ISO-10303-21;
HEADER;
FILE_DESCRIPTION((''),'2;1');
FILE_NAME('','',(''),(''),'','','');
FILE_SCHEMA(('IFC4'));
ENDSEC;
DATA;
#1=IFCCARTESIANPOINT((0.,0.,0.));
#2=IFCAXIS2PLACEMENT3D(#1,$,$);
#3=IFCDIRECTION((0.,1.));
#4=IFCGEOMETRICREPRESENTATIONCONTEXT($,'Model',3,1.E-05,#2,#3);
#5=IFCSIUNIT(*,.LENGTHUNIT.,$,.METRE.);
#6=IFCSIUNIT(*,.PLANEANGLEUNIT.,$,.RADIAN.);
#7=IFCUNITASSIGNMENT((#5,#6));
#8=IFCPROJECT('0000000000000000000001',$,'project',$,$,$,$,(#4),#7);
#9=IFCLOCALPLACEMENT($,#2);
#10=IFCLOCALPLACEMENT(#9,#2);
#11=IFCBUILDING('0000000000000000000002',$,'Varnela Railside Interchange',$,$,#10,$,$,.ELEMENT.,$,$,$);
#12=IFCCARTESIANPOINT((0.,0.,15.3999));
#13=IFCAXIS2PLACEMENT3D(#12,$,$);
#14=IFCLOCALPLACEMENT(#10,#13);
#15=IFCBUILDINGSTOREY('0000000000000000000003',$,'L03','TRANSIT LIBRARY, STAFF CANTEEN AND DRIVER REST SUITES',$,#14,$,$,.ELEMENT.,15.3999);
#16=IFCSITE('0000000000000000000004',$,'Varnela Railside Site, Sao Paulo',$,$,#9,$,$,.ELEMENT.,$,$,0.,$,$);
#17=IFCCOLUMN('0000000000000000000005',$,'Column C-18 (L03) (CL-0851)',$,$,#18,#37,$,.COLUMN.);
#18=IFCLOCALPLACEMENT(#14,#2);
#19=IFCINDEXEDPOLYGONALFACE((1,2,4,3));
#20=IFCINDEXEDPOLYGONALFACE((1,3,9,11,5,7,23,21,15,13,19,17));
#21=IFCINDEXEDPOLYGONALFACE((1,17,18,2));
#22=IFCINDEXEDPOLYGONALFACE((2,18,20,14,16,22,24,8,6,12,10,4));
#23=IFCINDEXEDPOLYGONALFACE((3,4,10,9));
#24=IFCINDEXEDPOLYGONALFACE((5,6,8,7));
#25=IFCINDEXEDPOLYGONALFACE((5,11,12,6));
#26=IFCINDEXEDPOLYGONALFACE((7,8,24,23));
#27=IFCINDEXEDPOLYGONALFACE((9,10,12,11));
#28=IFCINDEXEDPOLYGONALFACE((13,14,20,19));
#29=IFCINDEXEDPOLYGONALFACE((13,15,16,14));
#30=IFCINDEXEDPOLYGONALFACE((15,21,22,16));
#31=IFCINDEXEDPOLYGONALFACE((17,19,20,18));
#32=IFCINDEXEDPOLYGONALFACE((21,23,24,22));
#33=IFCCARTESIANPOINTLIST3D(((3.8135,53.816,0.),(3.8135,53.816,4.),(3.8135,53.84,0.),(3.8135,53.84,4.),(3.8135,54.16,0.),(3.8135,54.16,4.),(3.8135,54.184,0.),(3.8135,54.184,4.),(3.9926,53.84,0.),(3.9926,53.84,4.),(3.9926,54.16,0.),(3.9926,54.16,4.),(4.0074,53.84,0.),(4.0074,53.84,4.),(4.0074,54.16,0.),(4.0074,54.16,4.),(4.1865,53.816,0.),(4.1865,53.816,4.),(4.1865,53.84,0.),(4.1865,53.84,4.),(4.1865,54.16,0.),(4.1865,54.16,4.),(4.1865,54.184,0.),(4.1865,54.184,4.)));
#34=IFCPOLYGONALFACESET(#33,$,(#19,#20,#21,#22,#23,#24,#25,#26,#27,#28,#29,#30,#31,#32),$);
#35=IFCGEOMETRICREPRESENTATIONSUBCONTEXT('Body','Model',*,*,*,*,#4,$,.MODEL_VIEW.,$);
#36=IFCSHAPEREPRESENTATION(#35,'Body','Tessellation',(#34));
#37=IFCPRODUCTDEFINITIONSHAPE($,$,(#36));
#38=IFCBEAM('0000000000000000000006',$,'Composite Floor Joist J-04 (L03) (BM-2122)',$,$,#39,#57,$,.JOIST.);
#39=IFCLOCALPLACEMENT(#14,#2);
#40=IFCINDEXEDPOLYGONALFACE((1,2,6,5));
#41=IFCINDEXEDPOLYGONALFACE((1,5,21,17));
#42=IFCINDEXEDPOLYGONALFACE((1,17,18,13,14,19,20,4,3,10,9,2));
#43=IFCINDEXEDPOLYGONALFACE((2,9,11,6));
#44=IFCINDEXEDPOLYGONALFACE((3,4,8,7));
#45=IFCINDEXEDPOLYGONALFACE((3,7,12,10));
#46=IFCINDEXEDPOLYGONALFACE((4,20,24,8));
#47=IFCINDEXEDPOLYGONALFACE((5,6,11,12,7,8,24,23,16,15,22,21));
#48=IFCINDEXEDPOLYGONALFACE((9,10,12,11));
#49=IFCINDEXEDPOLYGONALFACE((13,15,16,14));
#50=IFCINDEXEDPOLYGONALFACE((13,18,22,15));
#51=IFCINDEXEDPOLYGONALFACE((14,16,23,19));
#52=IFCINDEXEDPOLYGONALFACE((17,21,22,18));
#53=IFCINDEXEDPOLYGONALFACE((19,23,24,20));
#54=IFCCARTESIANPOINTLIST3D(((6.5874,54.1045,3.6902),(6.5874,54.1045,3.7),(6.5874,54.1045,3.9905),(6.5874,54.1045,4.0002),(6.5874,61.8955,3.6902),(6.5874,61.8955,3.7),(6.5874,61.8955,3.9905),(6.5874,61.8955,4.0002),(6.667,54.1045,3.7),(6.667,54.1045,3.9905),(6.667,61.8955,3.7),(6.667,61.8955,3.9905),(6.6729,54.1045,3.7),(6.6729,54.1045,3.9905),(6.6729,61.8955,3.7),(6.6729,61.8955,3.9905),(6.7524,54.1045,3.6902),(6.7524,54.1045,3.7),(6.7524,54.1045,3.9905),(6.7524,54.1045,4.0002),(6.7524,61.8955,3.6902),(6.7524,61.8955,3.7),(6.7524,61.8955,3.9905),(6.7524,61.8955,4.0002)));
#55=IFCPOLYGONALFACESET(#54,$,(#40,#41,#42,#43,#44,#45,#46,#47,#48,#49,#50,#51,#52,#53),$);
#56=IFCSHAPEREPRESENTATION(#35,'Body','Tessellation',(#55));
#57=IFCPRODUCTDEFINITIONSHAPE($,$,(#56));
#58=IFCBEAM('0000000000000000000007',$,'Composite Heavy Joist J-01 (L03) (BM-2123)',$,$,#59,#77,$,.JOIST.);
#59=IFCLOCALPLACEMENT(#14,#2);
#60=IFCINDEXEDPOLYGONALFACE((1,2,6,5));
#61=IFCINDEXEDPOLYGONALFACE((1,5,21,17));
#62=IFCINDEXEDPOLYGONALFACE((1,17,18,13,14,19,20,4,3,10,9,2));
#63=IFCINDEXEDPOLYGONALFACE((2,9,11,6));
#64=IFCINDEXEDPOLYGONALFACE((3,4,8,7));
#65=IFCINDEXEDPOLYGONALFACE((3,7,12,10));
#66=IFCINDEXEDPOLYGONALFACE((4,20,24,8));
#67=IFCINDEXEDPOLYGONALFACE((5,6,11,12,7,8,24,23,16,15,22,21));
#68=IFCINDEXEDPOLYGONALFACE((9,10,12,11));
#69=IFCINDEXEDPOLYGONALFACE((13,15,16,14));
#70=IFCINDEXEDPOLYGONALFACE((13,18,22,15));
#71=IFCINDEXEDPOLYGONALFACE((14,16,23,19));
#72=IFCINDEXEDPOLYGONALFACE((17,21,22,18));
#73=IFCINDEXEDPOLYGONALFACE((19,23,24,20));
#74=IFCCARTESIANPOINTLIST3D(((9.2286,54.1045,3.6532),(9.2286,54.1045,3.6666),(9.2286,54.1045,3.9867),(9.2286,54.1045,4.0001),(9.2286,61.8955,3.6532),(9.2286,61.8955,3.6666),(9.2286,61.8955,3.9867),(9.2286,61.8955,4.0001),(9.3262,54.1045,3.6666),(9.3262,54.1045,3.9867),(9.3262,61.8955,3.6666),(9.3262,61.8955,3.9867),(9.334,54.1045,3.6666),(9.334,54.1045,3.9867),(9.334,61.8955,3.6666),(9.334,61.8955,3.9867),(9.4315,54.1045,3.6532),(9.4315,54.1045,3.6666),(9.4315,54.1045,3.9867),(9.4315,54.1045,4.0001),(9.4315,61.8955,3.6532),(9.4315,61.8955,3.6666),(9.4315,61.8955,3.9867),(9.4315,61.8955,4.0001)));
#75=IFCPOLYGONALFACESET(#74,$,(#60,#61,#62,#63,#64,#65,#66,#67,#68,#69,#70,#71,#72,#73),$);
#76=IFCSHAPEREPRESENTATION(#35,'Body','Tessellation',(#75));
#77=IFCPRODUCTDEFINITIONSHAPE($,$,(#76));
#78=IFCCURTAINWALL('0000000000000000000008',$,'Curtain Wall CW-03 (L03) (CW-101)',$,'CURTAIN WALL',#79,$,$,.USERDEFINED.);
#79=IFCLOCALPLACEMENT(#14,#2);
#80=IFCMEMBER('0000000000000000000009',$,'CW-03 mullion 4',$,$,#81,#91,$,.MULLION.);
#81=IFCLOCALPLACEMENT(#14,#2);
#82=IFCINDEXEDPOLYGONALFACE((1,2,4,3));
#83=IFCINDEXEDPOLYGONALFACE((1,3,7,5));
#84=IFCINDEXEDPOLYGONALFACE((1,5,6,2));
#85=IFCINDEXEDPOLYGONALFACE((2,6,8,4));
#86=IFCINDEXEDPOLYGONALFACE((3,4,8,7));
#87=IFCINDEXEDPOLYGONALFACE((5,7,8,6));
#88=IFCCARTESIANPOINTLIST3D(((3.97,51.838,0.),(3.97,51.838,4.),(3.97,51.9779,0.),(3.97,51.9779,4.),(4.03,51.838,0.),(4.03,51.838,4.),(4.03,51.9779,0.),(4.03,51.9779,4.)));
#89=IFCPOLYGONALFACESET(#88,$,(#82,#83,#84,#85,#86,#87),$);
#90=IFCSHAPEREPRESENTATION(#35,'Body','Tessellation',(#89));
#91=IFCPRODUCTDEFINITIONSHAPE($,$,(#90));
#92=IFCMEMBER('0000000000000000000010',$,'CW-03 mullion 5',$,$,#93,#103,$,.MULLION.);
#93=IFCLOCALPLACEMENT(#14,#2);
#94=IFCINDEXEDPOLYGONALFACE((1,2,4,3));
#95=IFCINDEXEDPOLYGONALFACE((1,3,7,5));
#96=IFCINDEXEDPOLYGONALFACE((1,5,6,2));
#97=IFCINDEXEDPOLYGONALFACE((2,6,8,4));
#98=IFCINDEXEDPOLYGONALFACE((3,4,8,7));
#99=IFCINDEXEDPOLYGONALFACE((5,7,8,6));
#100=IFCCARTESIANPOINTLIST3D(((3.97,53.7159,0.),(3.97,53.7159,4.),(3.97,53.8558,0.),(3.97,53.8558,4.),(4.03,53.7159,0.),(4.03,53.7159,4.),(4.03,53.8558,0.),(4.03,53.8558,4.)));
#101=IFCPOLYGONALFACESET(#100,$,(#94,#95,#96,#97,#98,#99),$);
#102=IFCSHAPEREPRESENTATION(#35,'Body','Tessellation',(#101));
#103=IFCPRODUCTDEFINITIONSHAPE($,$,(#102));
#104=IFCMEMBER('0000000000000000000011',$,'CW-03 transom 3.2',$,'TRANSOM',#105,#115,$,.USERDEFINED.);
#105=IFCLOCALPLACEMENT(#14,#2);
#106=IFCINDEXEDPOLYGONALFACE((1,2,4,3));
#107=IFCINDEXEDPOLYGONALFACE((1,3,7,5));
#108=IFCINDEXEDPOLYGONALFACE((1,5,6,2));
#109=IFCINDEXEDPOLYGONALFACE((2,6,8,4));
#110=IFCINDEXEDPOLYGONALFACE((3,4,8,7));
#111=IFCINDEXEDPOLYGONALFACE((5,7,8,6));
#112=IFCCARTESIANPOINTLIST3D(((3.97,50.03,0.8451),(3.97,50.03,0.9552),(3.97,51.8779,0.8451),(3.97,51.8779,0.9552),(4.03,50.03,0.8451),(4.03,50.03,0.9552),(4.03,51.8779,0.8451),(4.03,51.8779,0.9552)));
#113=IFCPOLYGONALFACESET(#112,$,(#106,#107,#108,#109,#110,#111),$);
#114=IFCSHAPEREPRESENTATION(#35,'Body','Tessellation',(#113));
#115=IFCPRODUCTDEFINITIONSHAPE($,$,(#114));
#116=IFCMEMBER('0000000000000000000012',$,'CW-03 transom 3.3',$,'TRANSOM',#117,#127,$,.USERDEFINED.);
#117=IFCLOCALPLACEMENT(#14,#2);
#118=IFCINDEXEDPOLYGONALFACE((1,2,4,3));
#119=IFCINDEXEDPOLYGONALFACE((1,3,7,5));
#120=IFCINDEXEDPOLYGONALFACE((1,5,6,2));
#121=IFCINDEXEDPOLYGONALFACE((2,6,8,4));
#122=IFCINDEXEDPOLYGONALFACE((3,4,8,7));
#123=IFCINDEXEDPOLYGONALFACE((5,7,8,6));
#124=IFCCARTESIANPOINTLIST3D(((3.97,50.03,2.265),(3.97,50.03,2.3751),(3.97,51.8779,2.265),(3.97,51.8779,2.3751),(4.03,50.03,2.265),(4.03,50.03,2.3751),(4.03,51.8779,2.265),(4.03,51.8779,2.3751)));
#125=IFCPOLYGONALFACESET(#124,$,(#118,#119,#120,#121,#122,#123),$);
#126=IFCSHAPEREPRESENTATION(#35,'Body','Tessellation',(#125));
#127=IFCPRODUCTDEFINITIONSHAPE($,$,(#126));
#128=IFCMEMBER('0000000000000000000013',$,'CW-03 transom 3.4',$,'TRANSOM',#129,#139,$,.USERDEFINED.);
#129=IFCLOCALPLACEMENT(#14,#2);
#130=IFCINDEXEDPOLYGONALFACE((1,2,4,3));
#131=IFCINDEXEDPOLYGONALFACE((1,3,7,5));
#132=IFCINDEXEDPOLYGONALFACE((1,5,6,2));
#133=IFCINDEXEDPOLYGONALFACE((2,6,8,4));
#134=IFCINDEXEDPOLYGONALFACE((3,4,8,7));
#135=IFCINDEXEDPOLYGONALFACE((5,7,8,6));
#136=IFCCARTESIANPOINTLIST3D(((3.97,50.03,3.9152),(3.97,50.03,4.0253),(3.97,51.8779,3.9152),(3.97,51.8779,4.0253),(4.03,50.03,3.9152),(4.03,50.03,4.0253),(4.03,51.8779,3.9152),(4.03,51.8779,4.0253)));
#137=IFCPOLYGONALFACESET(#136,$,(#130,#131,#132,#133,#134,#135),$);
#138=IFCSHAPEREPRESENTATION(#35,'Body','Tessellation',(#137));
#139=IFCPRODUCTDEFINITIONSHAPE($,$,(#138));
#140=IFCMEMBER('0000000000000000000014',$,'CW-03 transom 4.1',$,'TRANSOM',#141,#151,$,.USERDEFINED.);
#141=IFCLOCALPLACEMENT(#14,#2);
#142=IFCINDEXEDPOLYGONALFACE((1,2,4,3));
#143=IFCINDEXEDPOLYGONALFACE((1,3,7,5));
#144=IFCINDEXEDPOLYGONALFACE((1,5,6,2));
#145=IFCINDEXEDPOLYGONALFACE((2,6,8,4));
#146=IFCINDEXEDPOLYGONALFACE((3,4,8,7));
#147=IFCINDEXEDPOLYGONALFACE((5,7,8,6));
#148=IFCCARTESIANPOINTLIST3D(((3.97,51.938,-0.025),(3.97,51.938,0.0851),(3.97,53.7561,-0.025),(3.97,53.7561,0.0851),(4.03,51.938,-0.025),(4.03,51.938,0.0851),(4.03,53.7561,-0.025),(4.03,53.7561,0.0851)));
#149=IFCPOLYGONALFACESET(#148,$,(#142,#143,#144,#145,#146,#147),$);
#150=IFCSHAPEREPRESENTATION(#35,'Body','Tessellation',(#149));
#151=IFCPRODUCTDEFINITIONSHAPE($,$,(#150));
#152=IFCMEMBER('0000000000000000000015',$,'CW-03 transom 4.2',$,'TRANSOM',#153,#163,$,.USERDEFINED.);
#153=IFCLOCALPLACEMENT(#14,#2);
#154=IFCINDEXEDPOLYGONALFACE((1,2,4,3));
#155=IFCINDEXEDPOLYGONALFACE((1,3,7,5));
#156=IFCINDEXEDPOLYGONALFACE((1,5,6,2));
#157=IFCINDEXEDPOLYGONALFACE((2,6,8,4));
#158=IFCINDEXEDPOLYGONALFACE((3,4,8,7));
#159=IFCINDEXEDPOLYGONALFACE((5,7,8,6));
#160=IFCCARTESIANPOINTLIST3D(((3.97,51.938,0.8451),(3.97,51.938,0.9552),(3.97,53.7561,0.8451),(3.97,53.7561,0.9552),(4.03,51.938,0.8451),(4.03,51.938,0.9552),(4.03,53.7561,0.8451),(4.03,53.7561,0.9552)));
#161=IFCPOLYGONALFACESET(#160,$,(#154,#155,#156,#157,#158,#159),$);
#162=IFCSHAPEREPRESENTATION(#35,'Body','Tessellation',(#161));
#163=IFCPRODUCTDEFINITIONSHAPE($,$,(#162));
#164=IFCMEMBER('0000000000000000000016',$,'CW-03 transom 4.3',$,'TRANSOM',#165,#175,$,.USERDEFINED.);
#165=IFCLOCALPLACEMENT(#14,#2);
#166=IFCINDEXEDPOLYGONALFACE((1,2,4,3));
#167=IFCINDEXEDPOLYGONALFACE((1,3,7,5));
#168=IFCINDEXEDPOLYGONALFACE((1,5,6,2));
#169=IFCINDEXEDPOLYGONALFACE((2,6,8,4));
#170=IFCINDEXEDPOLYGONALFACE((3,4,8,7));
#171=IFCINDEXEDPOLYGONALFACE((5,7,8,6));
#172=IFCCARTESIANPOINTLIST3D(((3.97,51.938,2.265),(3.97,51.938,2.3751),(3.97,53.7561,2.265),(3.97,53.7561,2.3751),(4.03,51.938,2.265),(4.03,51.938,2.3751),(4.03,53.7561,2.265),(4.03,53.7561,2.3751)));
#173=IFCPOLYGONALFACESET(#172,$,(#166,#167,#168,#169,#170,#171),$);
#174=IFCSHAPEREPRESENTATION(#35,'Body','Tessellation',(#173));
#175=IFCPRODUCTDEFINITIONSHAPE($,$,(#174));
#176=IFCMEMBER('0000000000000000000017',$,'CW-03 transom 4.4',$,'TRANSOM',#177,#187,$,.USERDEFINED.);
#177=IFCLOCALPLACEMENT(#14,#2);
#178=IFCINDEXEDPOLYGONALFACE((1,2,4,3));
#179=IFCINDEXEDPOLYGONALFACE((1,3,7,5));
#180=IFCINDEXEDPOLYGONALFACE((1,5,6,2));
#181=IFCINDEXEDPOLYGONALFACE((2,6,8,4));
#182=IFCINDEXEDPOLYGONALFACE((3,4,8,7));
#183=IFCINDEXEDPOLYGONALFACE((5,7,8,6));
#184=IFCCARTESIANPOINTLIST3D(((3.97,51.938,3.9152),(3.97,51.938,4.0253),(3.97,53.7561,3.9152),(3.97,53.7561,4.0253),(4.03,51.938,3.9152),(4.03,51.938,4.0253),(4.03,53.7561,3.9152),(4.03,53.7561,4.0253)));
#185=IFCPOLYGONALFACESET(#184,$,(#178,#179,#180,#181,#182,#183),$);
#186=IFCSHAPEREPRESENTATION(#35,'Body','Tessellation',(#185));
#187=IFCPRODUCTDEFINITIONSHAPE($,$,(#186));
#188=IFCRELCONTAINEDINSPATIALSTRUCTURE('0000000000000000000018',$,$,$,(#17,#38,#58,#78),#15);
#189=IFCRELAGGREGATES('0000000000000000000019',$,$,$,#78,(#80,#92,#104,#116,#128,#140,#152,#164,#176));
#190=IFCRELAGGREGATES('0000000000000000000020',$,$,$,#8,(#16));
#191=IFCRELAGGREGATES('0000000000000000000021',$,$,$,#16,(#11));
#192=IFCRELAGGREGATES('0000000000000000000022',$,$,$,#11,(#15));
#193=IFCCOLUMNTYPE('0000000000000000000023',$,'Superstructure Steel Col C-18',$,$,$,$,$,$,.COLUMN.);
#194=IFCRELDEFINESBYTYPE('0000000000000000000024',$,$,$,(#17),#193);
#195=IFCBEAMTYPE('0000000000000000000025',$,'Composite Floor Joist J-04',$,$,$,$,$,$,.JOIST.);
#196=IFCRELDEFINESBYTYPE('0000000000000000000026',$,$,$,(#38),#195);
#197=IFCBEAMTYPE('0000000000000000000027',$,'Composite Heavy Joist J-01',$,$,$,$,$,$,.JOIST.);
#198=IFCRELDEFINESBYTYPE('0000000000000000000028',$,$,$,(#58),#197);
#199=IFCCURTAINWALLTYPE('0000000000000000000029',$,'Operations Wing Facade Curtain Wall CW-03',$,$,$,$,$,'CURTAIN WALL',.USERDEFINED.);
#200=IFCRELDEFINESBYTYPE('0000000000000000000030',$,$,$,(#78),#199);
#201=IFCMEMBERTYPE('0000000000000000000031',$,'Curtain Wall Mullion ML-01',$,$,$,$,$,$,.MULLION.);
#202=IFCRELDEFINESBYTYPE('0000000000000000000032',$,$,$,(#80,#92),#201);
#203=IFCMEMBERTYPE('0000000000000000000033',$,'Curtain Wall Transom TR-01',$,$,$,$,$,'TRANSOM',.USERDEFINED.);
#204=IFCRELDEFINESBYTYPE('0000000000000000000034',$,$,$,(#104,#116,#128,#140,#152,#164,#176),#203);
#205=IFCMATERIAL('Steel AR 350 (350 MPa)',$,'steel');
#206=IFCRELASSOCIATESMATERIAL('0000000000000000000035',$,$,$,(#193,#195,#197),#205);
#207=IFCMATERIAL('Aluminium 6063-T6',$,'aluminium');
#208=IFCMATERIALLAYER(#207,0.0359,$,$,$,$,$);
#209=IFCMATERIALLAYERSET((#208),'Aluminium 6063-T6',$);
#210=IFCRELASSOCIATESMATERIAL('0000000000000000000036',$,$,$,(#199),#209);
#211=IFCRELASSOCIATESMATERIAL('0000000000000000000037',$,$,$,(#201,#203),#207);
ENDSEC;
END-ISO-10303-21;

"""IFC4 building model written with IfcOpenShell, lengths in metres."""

from ifc_helpers import new_model, si_unit, direction, frame, origin, origin_2d, place, context, subcontext, project, spatial, rectangle, i_section, extrude, material, layer, layer_set, material_profile, profile_set, type_object, element, aggregate, save


model = new_model("IFC4")

# Units and contexts
model_context = context("Model", 3, precision=1e-05, world=origin(), true_north=direction((0.0, 1.0)))
body_context = subcontext(model_context, "Body", "Model", "MODEL_VIEW")
ifc_project = project(units=[si_unit("LENGTHUNIT", "METRE"), si_unit("PLANEANGLEUNIT", "RADIAN")], contexts=[model_context])

# Site, building, storey
site_placement = place(None, origin())
site = spatial("IfcSite", under=ifc_project, at=site_placement, Name="Varnela Railside Site, Sao Paulo", CompositionType="ELEMENT", RefElevation=0.0)
building_placement = place(site_placement, origin())
building = spatial("IfcBuilding", under=site, at=building_placement, Name="Varnela Railside Interchange", CompositionType="ELEMENT")
storey_placement = place(building_placement, frame((0.0, 0.0, 15.3999)))
storey = spatial("IfcBuildingStorey", under=building, at=storey_placement, Name="L03", Description="TRANSIT LIBRARY, STAFF CANTEEN AND DRIVER REST SUITES", CompositionType="ELEMENT", Elevation=15.3999)

# Column
ifc_material_1 = material(Name="Steel AR 350 (350 MPa)", Category="steel")
ifc_material_profile_1 = material_profile(ifc_material_1, i_section(OverallWidth=0.373, OverallDepth=0.3679, WebThickness=0.0149, FlangeThickness=0.0239, at=origin_2d()), Name="W360x179")
ifc_profile_set_1 = profile_set([ifc_material_profile_1], Name="Steel AR 350 (350 MPa)")
column_type = type_object("IfcColumnType", Name="Superstructure Steel Col C-18", PredefinedType="COLUMN", material=ifc_profile_set_1)
column_placement = place(storey_placement, frame((4.0, 54.0, 0.0), z_axis=(0.0, 0.0, 1.0), x_axis=(1.0, 0.0, 0.0)))
element("IfcColumn", 1, at=column_placement, inside=storey, type_object=column_type, Name="Column C-18 (L03) (CL-0851)", PredefinedType="COLUMN", context=body_context, shape_type="SweptSolid", body=[
    extrude(i_section(OverallWidth=0.373, OverallDepth=0.3679, WebThickness=0.0149, FlangeThickness=0.0239, at=origin_2d()), origin(), (0.0, 0.0, 1.0), 4.0),
])

# Beams
ifc_material_profile_2 = material_profile(ifc_material_1, i_section(OverallWidth=0.165, OverallDepth=0.3101, WebThickness=0.0059, FlangeThickness=0.0098, at=origin_2d()), Name="W310x38.7")
ifc_profile_set_2 = profile_set([ifc_material_profile_2], Name="Steel AR 350 (350 MPa)")
beam_type_1 = type_object("IfcBeamType", Name="Composite Floor Joist J-04", PredefinedType="JOIST", material=ifc_profile_set_2)
beam_1_placement = place(storey_placement, frame((6.6699, 54.1045, 3.8452), z_axis=(0.0, 1.0, 0.0), x_axis=(-1.0, 0.0, 0.0)))
element("IfcBeam", 2, at=beam_1_placement, inside=storey, type_object=beam_type_1, Name="Composite Floor Joist J-04 (L03) (BM-2122)", PredefinedType="JOIST", context=body_context, shape_type="SweptSolid", body=[
    extrude(i_section(OverallWidth=0.165, OverallDepth=0.3101, WebThickness=0.0059, FlangeThickness=0.0098, at=origin_2d()), origin(), (0.0, 0.0, 1.0), 7.791),
])
ifc_material_profile_3 = material_profile(ifc_material_1, i_section(OverallWidth=0.2029, OverallDepth=0.3469, WebThickness=0.0078, FlangeThickness=0.0134, at=origin_2d()), Name="W360x64")
ifc_profile_set_3 = profile_set([ifc_material_profile_3], Name="Steel AR 350 (350 MPa)")
beam_type_2 = type_object("IfcBeamType", Name="Composite Heavy Joist J-01", PredefinedType="JOIST", material=ifc_profile_set_3)
beam_2_placement = place(storey_placement, frame((9.3301, 54.1045, 3.8267), z_axis=(0.0, 1.0, 0.0), x_axis=(-1.0, 0.0, 0.0)))
element("IfcBeam", 3, at=beam_2_placement, inside=storey, type_object=beam_type_2, Name="Composite Heavy Joist J-01 (L03) (BM-2123)", PredefinedType="JOIST", context=body_context, shape_type="SweptSolid", body=[
    extrude(i_section(OverallWidth=0.2029, OverallDepth=0.3469, WebThickness=0.0078, FlangeThickness=0.0134, at=origin_2d()), origin(), (0.0, 0.0, 1.0), 7.791),
])

# Curtain wall, members
ifc_material_2 = material(Name="Aluminium 6063-T6", Category="aluminium")
ifc_layer_1 = layer(ifc_material_2, 0.0359)
ifc_layer_set_1 = layer_set([ifc_layer_1], Name="Aluminium 6063-T6")
curtain_wall_type = type_object("IfcCurtainWallType", Name="Operations Wing Facade Curtain Wall CW-03", ElementType="CURTAIN WALL", PredefinedType="USERDEFINED", material=ifc_layer_set_1)
curtain_wall_placement = place(storey_placement, origin())
curtain_wall = element("IfcCurtainWall", 4, at=curtain_wall_placement, inside=storey, type_object=curtain_wall_type, Name="Curtain Wall CW-03 (L03) (CW-101)", ObjectType="CURTAIN WALL", PredefinedType="USERDEFINED")
ifc_material_profile_4 = material_profile(ifc_material_2, rectangle(XDim=0.0601, YDim=0.1399, at=origin_2d()), Name="ALU 60x140")
ifc_profile_set_4 = profile_set([ifc_material_profile_4], Name="Aluminium 6063-T6")
member_type_1 = type_object("IfcMemberType", Name="Curtain Wall Mullion ML-01", PredefinedType="MULLION", material=ifc_profile_set_4)
member_1_placement = place(storey_placement, frame((4.0, 51.908, 0.0), z_axis=(0.0, 0.0, 1.0), x_axis=(-1.0, 0.0, 0.0)))
member_1 = element("IfcMember", 5, at=member_1_placement, type_object=member_type_1, Name="CW-03 mullion 4", PredefinedType="MULLION", context=body_context, shape_type="SweptSolid", body=[
    extrude(rectangle(XDim=0.0601, YDim=0.1399, at=origin_2d()), origin(), (0.0, 0.0, 1.0), 4.0),
])
member_2_placement = place(storey_placement, frame((4.0, 53.7859, 0.0), z_axis=(0.0, 0.0, 1.0), x_axis=(-1.0, 0.0, 0.0)))
member_2 = element("IfcMember", 6, at=member_2_placement, type_object=member_type_1, Name="CW-03 mullion 5", PredefinedType="MULLION", context=body_context, shape_type="SweptSolid", body=[
    extrude(rectangle(XDim=0.0601, YDim=0.1399, at=origin_2d()), origin(), (0.0, 0.0, 1.0), 4.0),
])
ifc_material_profile_5 = material_profile(ifc_material_2, rectangle(XDim=0.0601, YDim=0.1101, at=origin_2d()), Name="ALU 60x110")
ifc_profile_set_5 = profile_set([ifc_material_profile_5], Name="Aluminium 6063-T6")
member_type_2 = type_object("IfcMemberType", Name="Curtain Wall Transom TR-01", ElementType="TRANSOM", PredefinedType="USERDEFINED", material=ifc_profile_set_5)
member_3_placement = place(storey_placement, frame((4.0, 50.03, 0.9001), z_axis=(0.0, 1.0, 0.0), x_axis=(-1.0, 0.0, 0.0)))
member_3 = element("IfcMember", 7, at=member_3_placement, type_object=member_type_2, Name="CW-03 transom 3.2", ObjectType="TRANSOM", PredefinedType="USERDEFINED", context=body_context, shape_type="SweptSolid", body=[
    extrude(rectangle(XDim=0.0601, YDim=0.1101, at=origin_2d()), origin(), (0.0, 0.0, 1.0), 1.8479),
])
member_4_placement = place(storey_placement, frame((4.0, 50.03, 2.3201), z_axis=(0.0, 1.0, 0.0), x_axis=(-1.0, 0.0, 0.0)))
member_4 = element("IfcMember", 8, at=member_4_placement, type_object=member_type_2, Name="CW-03 transom 3.3", ObjectType="TRANSOM", PredefinedType="USERDEFINED", context=body_context, shape_type="SweptSolid", body=[
    extrude(rectangle(XDim=0.0601, YDim=0.1101, at=origin_2d()), origin(), (0.0, 0.0, 1.0), 1.8479),
])
member_5_placement = place(storey_placement, frame((4.0, 50.03, 3.9702), z_axis=(0.0, 1.0, 0.0), x_axis=(-1.0, 0.0, 0.0)))
member_5 = element("IfcMember", 9, at=member_5_placement, type_object=member_type_2, Name="CW-03 transom 3.4", ObjectType="TRANSOM", PredefinedType="USERDEFINED", context=body_context, shape_type="SweptSolid", body=[
    extrude(rectangle(XDim=0.0601, YDim=0.1101, at=origin_2d()), origin(), (0.0, 0.0, 1.0), 1.8479),
])
member_6_placement = place(storey_placement, frame((4.0, 51.938, 0.03), z_axis=(0.0, 1.0, 0.0), x_axis=(-1.0, 0.0, 0.0)))
member_6 = element("IfcMember", 10, at=member_6_placement, type_object=member_type_2, Name="CW-03 transom 4.1", ObjectType="TRANSOM", PredefinedType="USERDEFINED", context=body_context, shape_type="SweptSolid", body=[
    extrude(rectangle(XDim=0.0601, YDim=0.1101, at=origin_2d()), origin(), (0.0, 0.0, 1.0), 1.8181),
])
member_7_placement = place(storey_placement, frame((4.0, 51.938, 0.9001), z_axis=(0.0, 1.0, 0.0), x_axis=(-1.0, 0.0, 0.0)))
member_7 = element("IfcMember", 11, at=member_7_placement, type_object=member_type_2, Name="CW-03 transom 4.2", ObjectType="TRANSOM", PredefinedType="USERDEFINED", context=body_context, shape_type="SweptSolid", body=[
    extrude(rectangle(XDim=0.0601, YDim=0.1101, at=origin_2d()), origin(), (0.0, 0.0, 1.0), 1.8181),
])
member_8_placement = place(storey_placement, frame((4.0, 51.938, 2.3201), z_axis=(0.0, 1.0, 0.0), x_axis=(-1.0, 0.0, 0.0)))
member_8 = element("IfcMember", 12, at=member_8_placement, type_object=member_type_2, Name="CW-03 transom 4.3", ObjectType="TRANSOM", PredefinedType="USERDEFINED", context=body_context, shape_type="SweptSolid", body=[
    extrude(rectangle(XDim=0.0601, YDim=0.1101, at=origin_2d()), origin(), (0.0, 0.0, 1.0), 1.8181),
])
member_9_placement = place(storey_placement, frame((4.0, 51.938, 3.9702), z_axis=(0.0, 1.0, 0.0), x_axis=(-1.0, 0.0, 0.0)))
member_9 = element("IfcMember", 13, at=member_9_placement, type_object=member_type_2, Name="CW-03 transom 4.4", ObjectType="TRANSOM", PredefinedType="USERDEFINED", context=body_context, shape_type="SweptSolid", body=[
    extrude(rectangle(XDim=0.0601, YDim=0.1101, at=origin_2d()), origin(), (0.0, 0.0, 1.0), 1.8181),
])

aggregate(curtain_wall, [member_1, member_2, member_3, member_4, member_5, member_6, member_7, member_8, member_9])

save(model, "model.ifc")
